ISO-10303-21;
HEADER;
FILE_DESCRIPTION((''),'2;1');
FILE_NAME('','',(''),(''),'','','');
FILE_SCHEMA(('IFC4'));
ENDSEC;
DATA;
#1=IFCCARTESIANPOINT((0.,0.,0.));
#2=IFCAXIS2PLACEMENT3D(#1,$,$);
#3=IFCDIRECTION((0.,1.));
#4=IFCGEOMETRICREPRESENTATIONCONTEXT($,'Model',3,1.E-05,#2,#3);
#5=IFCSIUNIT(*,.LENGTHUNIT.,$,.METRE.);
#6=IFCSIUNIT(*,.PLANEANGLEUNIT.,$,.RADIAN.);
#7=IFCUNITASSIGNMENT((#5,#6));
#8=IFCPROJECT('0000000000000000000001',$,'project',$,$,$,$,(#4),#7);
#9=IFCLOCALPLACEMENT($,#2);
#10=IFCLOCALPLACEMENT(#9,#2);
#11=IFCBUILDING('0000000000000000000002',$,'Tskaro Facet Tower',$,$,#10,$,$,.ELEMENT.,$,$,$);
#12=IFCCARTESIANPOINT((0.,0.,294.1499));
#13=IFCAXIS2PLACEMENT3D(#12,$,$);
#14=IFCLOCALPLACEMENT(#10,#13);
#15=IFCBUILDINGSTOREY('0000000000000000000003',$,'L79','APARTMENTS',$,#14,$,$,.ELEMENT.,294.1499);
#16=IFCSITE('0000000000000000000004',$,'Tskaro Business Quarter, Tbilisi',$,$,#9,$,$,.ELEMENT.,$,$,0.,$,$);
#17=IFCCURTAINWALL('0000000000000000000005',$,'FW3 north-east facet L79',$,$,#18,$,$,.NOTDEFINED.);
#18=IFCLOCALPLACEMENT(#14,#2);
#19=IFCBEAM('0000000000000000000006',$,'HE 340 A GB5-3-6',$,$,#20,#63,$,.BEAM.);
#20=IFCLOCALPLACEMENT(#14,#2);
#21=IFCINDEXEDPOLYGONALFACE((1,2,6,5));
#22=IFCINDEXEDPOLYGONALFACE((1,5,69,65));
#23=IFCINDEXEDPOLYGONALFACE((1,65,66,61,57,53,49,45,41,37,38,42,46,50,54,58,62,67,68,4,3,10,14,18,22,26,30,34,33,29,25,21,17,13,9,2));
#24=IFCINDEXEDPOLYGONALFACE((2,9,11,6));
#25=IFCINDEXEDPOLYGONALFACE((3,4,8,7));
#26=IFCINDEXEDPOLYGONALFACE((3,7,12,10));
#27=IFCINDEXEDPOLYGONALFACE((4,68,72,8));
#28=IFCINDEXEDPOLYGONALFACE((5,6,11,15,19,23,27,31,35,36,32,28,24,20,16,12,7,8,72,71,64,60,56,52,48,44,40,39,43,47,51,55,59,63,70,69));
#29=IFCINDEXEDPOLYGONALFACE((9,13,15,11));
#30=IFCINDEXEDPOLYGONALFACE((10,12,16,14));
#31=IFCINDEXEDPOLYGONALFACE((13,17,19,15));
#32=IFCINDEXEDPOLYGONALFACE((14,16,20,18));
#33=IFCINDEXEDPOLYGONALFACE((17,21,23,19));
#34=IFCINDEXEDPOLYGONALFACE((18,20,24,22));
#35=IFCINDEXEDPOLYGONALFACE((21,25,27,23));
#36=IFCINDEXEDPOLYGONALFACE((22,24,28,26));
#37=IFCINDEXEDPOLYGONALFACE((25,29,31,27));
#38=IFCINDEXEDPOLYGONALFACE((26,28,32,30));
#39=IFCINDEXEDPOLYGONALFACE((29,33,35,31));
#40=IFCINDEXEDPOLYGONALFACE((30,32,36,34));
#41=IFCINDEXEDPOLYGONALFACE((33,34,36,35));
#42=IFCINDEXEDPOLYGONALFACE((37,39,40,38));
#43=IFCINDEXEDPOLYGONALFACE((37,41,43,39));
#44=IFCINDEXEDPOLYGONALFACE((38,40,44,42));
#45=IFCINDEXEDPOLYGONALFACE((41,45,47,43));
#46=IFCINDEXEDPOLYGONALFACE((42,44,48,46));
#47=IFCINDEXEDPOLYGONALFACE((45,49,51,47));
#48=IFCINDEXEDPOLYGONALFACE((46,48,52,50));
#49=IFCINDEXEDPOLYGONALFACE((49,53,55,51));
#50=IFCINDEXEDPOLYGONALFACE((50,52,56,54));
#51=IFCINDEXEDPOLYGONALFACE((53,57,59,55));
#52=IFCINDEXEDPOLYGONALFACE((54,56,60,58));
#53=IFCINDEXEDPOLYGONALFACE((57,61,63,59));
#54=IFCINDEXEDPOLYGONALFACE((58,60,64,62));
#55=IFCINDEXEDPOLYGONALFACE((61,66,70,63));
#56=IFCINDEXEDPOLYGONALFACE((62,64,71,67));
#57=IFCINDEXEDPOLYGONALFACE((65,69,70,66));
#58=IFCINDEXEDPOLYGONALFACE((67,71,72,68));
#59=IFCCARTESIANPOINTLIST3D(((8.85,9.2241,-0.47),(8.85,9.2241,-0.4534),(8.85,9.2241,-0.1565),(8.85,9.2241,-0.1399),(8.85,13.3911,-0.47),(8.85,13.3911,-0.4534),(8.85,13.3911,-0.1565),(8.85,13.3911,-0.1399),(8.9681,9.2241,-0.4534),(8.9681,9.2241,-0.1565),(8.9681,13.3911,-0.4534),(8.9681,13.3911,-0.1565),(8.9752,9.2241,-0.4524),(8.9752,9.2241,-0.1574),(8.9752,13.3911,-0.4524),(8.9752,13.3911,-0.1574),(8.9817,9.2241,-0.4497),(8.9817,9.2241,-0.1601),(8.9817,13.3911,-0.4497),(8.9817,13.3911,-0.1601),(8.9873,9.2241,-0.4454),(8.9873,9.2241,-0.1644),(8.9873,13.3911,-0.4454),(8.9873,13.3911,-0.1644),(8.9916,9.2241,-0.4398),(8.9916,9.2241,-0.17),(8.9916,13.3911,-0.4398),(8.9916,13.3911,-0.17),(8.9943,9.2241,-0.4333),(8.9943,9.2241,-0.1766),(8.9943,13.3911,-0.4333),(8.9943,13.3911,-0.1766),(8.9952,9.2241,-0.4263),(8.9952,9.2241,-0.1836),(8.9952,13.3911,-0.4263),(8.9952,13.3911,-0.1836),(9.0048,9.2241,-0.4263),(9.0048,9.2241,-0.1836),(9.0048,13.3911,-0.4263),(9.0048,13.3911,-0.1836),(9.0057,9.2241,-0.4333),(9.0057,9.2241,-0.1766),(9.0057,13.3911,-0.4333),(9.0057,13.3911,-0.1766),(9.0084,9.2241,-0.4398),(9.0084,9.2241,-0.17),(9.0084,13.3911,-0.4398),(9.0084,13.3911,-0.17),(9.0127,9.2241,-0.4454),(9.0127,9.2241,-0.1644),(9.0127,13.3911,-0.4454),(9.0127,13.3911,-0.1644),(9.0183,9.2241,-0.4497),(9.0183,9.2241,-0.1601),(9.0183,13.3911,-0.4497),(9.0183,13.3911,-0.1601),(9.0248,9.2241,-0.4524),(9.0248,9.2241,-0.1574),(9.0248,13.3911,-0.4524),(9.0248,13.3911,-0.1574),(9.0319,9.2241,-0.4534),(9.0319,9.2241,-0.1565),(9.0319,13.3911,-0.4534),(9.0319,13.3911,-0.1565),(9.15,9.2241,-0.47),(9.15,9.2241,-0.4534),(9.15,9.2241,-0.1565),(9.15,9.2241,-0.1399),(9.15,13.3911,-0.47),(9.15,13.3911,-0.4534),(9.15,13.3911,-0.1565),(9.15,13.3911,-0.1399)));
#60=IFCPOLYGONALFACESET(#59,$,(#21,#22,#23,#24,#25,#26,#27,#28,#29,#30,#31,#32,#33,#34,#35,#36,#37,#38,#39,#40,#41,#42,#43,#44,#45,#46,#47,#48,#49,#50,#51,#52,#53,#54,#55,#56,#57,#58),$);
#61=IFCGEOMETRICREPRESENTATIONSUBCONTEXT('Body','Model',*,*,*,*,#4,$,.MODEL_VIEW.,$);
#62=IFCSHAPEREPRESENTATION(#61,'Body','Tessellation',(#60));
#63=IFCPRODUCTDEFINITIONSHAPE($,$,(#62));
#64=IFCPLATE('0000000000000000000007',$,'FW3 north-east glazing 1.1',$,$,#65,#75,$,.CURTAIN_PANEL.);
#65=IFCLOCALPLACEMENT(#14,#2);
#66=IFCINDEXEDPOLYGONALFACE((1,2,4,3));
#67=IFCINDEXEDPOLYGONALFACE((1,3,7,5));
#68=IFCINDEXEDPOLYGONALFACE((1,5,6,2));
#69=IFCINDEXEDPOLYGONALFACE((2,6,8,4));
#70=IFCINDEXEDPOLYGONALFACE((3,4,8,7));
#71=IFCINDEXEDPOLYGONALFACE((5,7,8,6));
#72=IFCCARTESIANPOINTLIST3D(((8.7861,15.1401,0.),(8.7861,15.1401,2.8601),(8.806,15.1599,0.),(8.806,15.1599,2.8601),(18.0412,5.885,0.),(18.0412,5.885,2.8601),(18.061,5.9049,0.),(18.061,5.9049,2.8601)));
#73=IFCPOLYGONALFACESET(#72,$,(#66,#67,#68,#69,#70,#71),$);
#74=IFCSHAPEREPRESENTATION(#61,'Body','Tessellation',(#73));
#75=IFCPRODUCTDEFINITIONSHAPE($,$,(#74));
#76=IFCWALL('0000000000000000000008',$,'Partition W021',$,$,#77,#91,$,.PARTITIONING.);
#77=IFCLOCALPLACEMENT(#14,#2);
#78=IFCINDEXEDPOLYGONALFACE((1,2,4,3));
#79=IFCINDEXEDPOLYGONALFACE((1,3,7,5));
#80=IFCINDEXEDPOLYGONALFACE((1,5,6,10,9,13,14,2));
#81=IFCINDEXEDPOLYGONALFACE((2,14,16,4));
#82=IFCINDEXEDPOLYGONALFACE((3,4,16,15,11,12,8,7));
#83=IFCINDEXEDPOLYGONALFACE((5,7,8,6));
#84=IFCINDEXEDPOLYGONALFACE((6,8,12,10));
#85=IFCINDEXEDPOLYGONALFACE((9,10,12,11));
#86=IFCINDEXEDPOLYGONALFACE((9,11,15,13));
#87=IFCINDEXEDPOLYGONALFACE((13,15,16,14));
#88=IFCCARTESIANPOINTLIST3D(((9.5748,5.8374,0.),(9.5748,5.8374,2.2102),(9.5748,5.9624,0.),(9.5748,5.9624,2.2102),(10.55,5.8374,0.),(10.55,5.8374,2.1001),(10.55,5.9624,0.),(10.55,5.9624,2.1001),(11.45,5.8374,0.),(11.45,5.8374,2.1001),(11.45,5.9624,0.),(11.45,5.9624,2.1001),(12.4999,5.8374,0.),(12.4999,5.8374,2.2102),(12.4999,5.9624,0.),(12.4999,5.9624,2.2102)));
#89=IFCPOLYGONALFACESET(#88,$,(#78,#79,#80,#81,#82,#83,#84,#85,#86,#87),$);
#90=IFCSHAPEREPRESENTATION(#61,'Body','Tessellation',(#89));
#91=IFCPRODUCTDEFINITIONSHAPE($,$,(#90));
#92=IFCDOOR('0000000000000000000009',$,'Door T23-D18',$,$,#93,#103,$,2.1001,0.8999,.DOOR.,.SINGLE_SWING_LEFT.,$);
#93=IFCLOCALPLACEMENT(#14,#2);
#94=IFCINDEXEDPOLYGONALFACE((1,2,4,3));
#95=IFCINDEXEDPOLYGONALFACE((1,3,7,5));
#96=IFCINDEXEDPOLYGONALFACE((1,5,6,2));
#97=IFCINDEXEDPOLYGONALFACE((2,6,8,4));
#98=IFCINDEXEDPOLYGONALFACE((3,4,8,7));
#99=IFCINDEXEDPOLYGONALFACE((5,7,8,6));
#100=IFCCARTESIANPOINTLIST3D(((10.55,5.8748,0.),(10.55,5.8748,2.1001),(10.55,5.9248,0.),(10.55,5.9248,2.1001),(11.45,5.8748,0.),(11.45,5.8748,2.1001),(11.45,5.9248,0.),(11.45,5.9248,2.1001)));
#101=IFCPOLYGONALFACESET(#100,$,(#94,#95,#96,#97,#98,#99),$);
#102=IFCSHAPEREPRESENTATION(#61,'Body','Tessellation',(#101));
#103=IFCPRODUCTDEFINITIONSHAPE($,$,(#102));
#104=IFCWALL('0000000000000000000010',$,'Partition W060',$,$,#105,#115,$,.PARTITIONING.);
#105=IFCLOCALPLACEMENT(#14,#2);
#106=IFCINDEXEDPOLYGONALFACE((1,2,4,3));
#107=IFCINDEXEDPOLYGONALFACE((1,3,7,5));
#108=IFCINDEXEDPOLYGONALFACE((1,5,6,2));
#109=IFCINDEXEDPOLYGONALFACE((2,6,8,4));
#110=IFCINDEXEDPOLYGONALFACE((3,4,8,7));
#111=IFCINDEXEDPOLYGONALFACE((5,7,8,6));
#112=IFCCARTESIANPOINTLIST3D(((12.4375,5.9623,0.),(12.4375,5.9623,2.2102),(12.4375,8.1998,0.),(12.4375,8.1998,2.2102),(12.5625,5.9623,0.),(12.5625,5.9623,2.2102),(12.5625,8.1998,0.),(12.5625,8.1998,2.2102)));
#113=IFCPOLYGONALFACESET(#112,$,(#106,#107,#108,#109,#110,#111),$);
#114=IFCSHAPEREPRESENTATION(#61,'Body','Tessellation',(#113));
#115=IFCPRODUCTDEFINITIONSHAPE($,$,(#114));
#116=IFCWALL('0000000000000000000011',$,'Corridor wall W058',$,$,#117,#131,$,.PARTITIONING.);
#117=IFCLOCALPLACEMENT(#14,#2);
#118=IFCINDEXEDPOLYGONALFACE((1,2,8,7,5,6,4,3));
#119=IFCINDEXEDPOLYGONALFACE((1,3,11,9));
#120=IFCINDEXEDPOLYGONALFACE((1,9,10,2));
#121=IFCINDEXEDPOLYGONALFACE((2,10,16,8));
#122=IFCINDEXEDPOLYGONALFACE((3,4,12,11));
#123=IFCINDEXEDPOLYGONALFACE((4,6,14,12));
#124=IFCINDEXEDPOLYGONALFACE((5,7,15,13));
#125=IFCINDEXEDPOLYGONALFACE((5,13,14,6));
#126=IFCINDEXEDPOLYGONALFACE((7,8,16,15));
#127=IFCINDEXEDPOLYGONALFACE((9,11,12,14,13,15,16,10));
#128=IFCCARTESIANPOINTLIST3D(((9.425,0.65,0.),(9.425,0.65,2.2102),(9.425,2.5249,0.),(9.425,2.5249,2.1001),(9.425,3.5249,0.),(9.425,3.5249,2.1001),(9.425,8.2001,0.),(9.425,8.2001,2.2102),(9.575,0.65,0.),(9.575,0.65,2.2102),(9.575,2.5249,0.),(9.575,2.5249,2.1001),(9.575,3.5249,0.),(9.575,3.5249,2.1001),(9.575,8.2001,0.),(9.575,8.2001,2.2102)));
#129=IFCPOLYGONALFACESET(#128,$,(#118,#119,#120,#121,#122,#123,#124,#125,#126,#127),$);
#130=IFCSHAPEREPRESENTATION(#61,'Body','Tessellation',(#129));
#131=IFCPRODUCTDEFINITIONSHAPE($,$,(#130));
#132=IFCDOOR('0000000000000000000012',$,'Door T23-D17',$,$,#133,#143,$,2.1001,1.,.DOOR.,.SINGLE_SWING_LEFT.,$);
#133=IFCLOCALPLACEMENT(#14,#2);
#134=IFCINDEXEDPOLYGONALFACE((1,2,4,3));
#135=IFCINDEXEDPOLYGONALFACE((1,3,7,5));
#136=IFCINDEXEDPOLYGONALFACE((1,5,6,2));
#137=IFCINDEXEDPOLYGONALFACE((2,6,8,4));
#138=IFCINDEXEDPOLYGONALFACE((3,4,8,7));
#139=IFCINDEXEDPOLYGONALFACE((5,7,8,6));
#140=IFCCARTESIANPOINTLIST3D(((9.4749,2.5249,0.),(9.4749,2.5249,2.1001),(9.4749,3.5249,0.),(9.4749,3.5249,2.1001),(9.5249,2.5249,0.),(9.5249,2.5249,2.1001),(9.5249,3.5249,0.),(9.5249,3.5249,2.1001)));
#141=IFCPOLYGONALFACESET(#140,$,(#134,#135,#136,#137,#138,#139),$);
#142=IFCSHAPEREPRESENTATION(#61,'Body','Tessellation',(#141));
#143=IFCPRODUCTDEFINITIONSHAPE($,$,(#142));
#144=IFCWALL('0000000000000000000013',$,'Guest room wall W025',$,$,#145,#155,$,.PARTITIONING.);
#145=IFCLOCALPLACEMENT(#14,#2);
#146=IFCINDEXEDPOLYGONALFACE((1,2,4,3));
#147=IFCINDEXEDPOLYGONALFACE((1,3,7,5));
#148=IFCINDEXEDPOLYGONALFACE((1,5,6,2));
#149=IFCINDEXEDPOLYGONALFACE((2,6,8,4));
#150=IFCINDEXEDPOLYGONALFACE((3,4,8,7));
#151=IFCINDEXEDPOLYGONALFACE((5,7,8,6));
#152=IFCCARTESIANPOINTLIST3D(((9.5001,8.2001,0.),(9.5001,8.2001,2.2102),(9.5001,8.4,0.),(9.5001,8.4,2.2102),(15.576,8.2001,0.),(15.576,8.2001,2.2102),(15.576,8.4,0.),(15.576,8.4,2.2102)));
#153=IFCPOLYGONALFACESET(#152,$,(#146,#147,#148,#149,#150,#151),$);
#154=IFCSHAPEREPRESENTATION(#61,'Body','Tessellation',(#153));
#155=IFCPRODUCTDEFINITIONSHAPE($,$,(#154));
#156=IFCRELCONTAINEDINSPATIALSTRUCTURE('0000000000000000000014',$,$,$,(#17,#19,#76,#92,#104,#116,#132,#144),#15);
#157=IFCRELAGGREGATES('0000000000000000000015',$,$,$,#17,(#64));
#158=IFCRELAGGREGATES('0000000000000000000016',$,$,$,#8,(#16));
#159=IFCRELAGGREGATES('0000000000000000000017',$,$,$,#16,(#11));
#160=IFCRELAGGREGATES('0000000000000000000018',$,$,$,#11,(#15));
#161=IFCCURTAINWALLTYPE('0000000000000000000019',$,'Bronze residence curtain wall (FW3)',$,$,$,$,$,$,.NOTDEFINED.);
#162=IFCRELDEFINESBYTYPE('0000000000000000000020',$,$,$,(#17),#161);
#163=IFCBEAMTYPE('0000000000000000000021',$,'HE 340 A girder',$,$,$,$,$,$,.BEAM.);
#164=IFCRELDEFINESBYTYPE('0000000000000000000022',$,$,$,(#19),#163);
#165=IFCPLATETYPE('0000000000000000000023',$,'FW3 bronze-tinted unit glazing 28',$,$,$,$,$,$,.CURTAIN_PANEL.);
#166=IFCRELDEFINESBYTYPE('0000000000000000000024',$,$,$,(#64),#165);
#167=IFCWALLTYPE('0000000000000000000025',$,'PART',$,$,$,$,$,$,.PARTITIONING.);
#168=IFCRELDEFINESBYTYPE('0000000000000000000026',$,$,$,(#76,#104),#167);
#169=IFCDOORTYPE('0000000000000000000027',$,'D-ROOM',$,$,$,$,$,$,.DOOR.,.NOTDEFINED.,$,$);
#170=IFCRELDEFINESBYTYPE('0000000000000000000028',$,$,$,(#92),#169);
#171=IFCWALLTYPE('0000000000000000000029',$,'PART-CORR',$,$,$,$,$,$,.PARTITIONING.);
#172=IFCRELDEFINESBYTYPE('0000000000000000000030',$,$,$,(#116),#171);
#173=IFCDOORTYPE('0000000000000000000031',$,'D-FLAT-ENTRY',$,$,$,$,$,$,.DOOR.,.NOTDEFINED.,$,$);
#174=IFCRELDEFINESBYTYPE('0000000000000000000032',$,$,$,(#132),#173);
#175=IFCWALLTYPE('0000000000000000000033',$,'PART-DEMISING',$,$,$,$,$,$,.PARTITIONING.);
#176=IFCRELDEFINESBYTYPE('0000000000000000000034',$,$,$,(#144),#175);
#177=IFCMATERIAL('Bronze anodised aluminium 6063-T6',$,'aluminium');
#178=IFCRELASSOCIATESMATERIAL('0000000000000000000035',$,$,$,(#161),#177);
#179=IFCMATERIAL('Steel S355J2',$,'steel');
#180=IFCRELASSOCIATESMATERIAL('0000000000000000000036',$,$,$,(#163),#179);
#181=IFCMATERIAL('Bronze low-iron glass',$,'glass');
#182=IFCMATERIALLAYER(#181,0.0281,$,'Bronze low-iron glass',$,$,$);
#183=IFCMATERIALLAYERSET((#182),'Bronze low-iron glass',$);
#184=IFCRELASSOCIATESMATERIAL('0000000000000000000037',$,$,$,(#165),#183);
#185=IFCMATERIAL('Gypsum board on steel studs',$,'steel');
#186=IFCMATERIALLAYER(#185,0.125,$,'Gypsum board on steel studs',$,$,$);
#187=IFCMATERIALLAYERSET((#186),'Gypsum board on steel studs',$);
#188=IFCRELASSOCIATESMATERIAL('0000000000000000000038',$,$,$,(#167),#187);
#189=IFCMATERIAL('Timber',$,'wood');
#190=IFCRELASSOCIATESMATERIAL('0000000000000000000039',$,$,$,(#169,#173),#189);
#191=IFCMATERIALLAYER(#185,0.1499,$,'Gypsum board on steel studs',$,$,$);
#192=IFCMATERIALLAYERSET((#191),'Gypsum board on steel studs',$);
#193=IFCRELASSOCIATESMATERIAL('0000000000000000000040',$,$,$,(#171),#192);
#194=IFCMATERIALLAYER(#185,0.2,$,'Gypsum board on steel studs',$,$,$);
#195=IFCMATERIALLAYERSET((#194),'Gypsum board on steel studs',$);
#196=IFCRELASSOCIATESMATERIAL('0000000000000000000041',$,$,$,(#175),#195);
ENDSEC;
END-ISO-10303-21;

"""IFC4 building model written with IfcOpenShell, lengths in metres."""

from ifc_helpers import new_model, si_unit, direction, frame, frame_2d, origin, origin_2d, place, context, subcontext, project, spatial, rectangle, i_section, extrude, material, layer, layer_set, material_profile, profile_set, type_object, element, fill, aggregate, save


model = new_model("IFC4")

# Units and contexts
model_context = context("Model", 3, precision=1e-05, world=origin(), true_north=direction((0.0, 1.0)))
body_context = subcontext(model_context, "Body", "Model", "MODEL_VIEW")
ifc_project = project(units=[si_unit("LENGTHUNIT", "METRE"), si_unit("PLANEANGLEUNIT", "RADIAN")], contexts=[model_context])

# Site, building, storey
site_placement = place(None, origin())
site = spatial("IfcSite", under=ifc_project, at=site_placement, Name="Tskaro Business Quarter, Tbilisi", CompositionType="ELEMENT", RefElevation=0.0)
building_placement = place(site_placement, origin())
building = spatial("IfcBuilding", under=site, at=building_placement, Name="Tskaro Facet Tower", CompositionType="ELEMENT")
storey_placement = place(building_placement, frame((0.0, 0.0, 294.1499)))
storey = spatial("IfcBuildingStorey", under=building, at=storey_placement, Name="L79", Description="APARTMENTS", CompositionType="ELEMENT", Elevation=294.1499)

# Shared definitions
ifc_material_1 = material(Name="Steel S355J2", Category="steel")

# Curtain wall
ifc_material_2 = material(Name="Bronze anodised aluminium 6063-T6", Category="aluminium")
curtain_wall_type = type_object("IfcCurtainWallType", Name="Bronze residence curtain wall (FW3)", PredefinedType="NOTDEFINED", material=ifc_material_2)
curtain_wall_placement = place(storey_placement, origin())
curtain_wall = element("IfcCurtainWall", 1, at=curtain_wall_placement, inside=storey, type_object=curtain_wall_type, Name="FW3 north-east facet L79", PredefinedType="NOTDEFINED")

# Beam
ifc_material_profile_1 = material_profile(ifc_material_1, i_section(OverallWidth=0.3, OverallDepth=0.3301, WebThickness=0.0095, FlangeThickness=0.0166, FilletRadius=0.0271, at=origin_2d()), Name="HE 340 A")
ifc_profile_set_1 = profile_set([ifc_material_profile_1], Name="Steel S355J2")
beam_type_1 = type_object("IfcBeamType", Name="HE 340 A girder", PredefinedType="BEAM", material=ifc_profile_set_1)
beam_1_placement = place(storey_placement, frame((9.0, 9.2241, -0.3049), z_axis=(0.0, 1.0, 0.0), x_axis=(-1.0, 0.0, 0.0)))
element("IfcBeam", 2, at=beam_1_placement, inside=storey, type_object=beam_type_1, Name="HE 340 A GB5-3-6", PredefinedType="BEAM", context=body_context, shape_type="SweptSolid", body=[
    extrude(i_section(OverallWidth=0.3, OverallDepth=0.3301, WebThickness=0.0095, FlangeThickness=0.0166, FilletRadius=0.0271, at=origin_2d()), origin(), (0.0, 0.0, 1.0), 4.167),
])

# Plate
ifc_material_3 = material(Name="Bronze low-iron glass", Category="glass")
ifc_layer_1 = layer(ifc_material_3, 0.0281, Name="Bronze low-iron glass")
ifc_layer_set_1 = layer_set([ifc_layer_1], Name="Bronze low-iron glass")
plate_type = type_object("IfcPlateType", Name="FW3 bronze-tinted unit glazing 28", PredefinedType="CURTAIN_PANEL", material=ifc_layer_set_1)
plate_placement = place(storey_placement, frame((13.4236, 10.5225, 0.0), z_axis=(0.0, 0.0, 1.0), x_axis=(-0.707107, 0.707107, 0.0)))
plate = element("IfcPlate", 3, at=plate_placement, type_object=plate_type, Name="FW3 north-east glazing 1.1", PredefinedType="CURTAIN_PANEL", context=body_context, shape_type="SweptSolid", body=[
    extrude(rectangle(XDim=13.0886, YDim=0.0281, at=origin_2d()), origin(), (0.0, 0.0, 1.0), 2.8601),
])
aggregate(curtain_wall, [plate])

# Wall, opening, door
ifc_material_4 = material(Name="Gypsum board on steel studs", Category="steel")
ifc_layer_2 = layer(ifc_material_4, 0.125, Name="Gypsum board on steel studs")
ifc_layer_set_2 = layer_set([ifc_layer_2], Name="Gypsum board on steel studs")
wall_type_1 = type_object("IfcWallType", Name="PART", PredefinedType="PARTITIONING", material=ifc_layer_set_2)
wall_1_placement = place(storey_placement, frame((9.575, 5.8999, 0.0), z_axis=(0.0, 0.0, 1.0), x_axis=(1.0, 0.0, 0.0)))
wall_1 = element("IfcWall", 4, at=wall_1_placement, inside=storey, type_object=wall_type_1, Name="Partition W021", PredefinedType="PARTITIONING", context=body_context, shape_type="SweptSolid", body=[
    extrude(rectangle(XDim=2.925, YDim=0.125, at=frame_2d((1.4624, 0.0))), origin(), (0.0, 0.0, 1.0), 2.2102),
])
opening_1_placement = place(wall_1_placement, frame((0.9751, 0.0, 0.0)))
opening_1 = element("IfcOpeningElement", 5, at=opening_1_placement, cuts=wall_1, PredefinedType="OPENING", context=body_context, shape_type="SweptSolid", body=[
    extrude(rectangle(XDim=0.8999, YDim=2.1001, at=frame_2d((0.45, 1.05))), frame((0.0, 0.0725, 0.0), z_axis=(0.0, -1.0, 0.0), x_axis=(1.0, 0.0, 0.0)), (0.0, 0.0, 1.0), 0.145),
])
ifc_material_5 = material(Name="Timber", Category="wood")
door_type_1 = type_object("IfcDoorType", Name="D-ROOM", OperationType="NOTDEFINED", PredefinedType="DOOR", material=ifc_material_5)
door_1_placement = place(opening_1_placement, origin())
door_1 = element("IfcDoor", 6, at=door_1_placement, inside=storey, type_object=door_type_1, Name="Door T23-D18", OperationType="SINGLE_SWING_LEFT", OverallHeight=2.1001, OverallWidth=0.8999, PredefinedType="DOOR", context=body_context, shape_type="SweptSolid", body=[
    extrude(rectangle(XDim=0.8999, YDim=2.1001, at=frame_2d((0.45, 1.05))), frame((0.0, 0.0249, 0.0), z_axis=(0.0, -1.0, 0.0), x_axis=(1.0, 0.0, 0.0)), (0.0, 0.0, 1.0), 0.05),
])
fill(opening_1, door_1)

# Wall
wall_2_placement = place(storey_placement, frame((12.5, 5.9624, 0.0), z_axis=(0.0, 0.0, 1.0), x_axis=(0.0, 1.0, 0.0)))
element("IfcWall", 7, at=wall_2_placement, inside=storey, type_object=wall_type_1, Name="Partition W060", PredefinedType="PARTITIONING", context=body_context, shape_type="SweptSolid", body=[
    extrude(rectangle(XDim=2.2375, YDim=0.125, at=frame_2d((1.1187, 0.0))), origin(), (0.0, 0.0, 1.0), 2.2102),
])

# Wall, opening, door
ifc_layer_3 = layer(ifc_material_4, 0.1499, Name="Gypsum board on steel studs")
ifc_layer_set_3 = layer_set([ifc_layer_3], Name="Gypsum board on steel studs")
wall_type_2 = type_object("IfcWallType", Name="PART-CORR", PredefinedType="PARTITIONING", material=ifc_layer_set_3)
wall_3_placement = place(storey_placement, frame((9.5, 8.2, 0.0), z_axis=(0.0, 0.0, 1.0), x_axis=(0.0, -1.0, 0.0)))
wall_3 = element("IfcWall", 8, at=wall_3_placement, inside=storey, type_object=wall_type_2, Name="Corridor wall W058", PredefinedType="PARTITIONING", context=body_context, shape_type="SweptSolid", body=[
    extrude(rectangle(XDim=7.55, YDim=0.1499, at=frame_2d((3.7749, 0.0))), origin(), (0.0, 0.0, 1.0), 2.2102),
])
opening_2_placement = place(wall_3_placement, frame((4.675, 0.0, 0.0)))
opening_2 = element("IfcOpeningElement", 9, at=opening_2_placement, cuts=wall_3, PredefinedType="OPENING", context=body_context, shape_type="SweptSolid", body=[
    extrude(rectangle(XDim=1.0, YDim=2.1001, at=frame_2d((0.5, 1.05))), frame((0.0, 0.085, 0.0), z_axis=(0.0, -1.0, 0.0), x_axis=(1.0, 0.0, 0.0)), (0.0, 0.0, 1.0), 0.1699),
])
door_type_2 = type_object("IfcDoorType", Name="D-FLAT-ENTRY", OperationType="NOTDEFINED", PredefinedType="DOOR", material=ifc_material_5)
door_2_placement = place(opening_2_placement, origin())
door_2 = element("IfcDoor", 10, at=door_2_placement, inside=storey, type_object=door_type_2, Name="Door T23-D17", OperationType="SINGLE_SWING_LEFT", OverallHeight=2.1001, OverallWidth=1.0, PredefinedType="DOOR", context=body_context, shape_type="SweptSolid", body=[
    extrude(rectangle(XDim=1.0, YDim=2.1001, at=frame_2d((0.5, 1.05))), frame((0.0, 0.0249, 0.0), z_axis=(0.0, -1.0, 0.0), x_axis=(1.0, 0.0, 0.0)), (0.0, 0.0, 1.0), 0.05),
])
fill(opening_2, door_2)

# Wall
ifc_layer_4 = layer(ifc_material_4, 0.2, Name="Gypsum board on steel studs")
ifc_layer_set_4 = layer_set([ifc_layer_4], Name="Gypsum board on steel studs")
wall_type_3 = type_object("IfcWallType", Name="PART-DEMISING", PredefinedType="PARTITIONING", material=ifc_layer_set_4)
wall_4_placement = place(storey_placement, frame((9.5, 8.3, 0.0), z_axis=(0.0, 0.0, 1.0), x_axis=(1.0, 0.0, 0.0)))
element("IfcWall", 11, at=wall_4_placement, inside=storey, type_object=wall_type_3, Name="Guest room wall W025", PredefinedType="PARTITIONING", context=body_context, shape_type="SweptSolid", body=[
    extrude(rectangle(XDim=6.0759, YDim=0.2, at=frame_2d((3.0381, 0.0))), origin(), (0.0, 0.0, 1.0), 2.2102),
])

save(model, "model.ifc")
